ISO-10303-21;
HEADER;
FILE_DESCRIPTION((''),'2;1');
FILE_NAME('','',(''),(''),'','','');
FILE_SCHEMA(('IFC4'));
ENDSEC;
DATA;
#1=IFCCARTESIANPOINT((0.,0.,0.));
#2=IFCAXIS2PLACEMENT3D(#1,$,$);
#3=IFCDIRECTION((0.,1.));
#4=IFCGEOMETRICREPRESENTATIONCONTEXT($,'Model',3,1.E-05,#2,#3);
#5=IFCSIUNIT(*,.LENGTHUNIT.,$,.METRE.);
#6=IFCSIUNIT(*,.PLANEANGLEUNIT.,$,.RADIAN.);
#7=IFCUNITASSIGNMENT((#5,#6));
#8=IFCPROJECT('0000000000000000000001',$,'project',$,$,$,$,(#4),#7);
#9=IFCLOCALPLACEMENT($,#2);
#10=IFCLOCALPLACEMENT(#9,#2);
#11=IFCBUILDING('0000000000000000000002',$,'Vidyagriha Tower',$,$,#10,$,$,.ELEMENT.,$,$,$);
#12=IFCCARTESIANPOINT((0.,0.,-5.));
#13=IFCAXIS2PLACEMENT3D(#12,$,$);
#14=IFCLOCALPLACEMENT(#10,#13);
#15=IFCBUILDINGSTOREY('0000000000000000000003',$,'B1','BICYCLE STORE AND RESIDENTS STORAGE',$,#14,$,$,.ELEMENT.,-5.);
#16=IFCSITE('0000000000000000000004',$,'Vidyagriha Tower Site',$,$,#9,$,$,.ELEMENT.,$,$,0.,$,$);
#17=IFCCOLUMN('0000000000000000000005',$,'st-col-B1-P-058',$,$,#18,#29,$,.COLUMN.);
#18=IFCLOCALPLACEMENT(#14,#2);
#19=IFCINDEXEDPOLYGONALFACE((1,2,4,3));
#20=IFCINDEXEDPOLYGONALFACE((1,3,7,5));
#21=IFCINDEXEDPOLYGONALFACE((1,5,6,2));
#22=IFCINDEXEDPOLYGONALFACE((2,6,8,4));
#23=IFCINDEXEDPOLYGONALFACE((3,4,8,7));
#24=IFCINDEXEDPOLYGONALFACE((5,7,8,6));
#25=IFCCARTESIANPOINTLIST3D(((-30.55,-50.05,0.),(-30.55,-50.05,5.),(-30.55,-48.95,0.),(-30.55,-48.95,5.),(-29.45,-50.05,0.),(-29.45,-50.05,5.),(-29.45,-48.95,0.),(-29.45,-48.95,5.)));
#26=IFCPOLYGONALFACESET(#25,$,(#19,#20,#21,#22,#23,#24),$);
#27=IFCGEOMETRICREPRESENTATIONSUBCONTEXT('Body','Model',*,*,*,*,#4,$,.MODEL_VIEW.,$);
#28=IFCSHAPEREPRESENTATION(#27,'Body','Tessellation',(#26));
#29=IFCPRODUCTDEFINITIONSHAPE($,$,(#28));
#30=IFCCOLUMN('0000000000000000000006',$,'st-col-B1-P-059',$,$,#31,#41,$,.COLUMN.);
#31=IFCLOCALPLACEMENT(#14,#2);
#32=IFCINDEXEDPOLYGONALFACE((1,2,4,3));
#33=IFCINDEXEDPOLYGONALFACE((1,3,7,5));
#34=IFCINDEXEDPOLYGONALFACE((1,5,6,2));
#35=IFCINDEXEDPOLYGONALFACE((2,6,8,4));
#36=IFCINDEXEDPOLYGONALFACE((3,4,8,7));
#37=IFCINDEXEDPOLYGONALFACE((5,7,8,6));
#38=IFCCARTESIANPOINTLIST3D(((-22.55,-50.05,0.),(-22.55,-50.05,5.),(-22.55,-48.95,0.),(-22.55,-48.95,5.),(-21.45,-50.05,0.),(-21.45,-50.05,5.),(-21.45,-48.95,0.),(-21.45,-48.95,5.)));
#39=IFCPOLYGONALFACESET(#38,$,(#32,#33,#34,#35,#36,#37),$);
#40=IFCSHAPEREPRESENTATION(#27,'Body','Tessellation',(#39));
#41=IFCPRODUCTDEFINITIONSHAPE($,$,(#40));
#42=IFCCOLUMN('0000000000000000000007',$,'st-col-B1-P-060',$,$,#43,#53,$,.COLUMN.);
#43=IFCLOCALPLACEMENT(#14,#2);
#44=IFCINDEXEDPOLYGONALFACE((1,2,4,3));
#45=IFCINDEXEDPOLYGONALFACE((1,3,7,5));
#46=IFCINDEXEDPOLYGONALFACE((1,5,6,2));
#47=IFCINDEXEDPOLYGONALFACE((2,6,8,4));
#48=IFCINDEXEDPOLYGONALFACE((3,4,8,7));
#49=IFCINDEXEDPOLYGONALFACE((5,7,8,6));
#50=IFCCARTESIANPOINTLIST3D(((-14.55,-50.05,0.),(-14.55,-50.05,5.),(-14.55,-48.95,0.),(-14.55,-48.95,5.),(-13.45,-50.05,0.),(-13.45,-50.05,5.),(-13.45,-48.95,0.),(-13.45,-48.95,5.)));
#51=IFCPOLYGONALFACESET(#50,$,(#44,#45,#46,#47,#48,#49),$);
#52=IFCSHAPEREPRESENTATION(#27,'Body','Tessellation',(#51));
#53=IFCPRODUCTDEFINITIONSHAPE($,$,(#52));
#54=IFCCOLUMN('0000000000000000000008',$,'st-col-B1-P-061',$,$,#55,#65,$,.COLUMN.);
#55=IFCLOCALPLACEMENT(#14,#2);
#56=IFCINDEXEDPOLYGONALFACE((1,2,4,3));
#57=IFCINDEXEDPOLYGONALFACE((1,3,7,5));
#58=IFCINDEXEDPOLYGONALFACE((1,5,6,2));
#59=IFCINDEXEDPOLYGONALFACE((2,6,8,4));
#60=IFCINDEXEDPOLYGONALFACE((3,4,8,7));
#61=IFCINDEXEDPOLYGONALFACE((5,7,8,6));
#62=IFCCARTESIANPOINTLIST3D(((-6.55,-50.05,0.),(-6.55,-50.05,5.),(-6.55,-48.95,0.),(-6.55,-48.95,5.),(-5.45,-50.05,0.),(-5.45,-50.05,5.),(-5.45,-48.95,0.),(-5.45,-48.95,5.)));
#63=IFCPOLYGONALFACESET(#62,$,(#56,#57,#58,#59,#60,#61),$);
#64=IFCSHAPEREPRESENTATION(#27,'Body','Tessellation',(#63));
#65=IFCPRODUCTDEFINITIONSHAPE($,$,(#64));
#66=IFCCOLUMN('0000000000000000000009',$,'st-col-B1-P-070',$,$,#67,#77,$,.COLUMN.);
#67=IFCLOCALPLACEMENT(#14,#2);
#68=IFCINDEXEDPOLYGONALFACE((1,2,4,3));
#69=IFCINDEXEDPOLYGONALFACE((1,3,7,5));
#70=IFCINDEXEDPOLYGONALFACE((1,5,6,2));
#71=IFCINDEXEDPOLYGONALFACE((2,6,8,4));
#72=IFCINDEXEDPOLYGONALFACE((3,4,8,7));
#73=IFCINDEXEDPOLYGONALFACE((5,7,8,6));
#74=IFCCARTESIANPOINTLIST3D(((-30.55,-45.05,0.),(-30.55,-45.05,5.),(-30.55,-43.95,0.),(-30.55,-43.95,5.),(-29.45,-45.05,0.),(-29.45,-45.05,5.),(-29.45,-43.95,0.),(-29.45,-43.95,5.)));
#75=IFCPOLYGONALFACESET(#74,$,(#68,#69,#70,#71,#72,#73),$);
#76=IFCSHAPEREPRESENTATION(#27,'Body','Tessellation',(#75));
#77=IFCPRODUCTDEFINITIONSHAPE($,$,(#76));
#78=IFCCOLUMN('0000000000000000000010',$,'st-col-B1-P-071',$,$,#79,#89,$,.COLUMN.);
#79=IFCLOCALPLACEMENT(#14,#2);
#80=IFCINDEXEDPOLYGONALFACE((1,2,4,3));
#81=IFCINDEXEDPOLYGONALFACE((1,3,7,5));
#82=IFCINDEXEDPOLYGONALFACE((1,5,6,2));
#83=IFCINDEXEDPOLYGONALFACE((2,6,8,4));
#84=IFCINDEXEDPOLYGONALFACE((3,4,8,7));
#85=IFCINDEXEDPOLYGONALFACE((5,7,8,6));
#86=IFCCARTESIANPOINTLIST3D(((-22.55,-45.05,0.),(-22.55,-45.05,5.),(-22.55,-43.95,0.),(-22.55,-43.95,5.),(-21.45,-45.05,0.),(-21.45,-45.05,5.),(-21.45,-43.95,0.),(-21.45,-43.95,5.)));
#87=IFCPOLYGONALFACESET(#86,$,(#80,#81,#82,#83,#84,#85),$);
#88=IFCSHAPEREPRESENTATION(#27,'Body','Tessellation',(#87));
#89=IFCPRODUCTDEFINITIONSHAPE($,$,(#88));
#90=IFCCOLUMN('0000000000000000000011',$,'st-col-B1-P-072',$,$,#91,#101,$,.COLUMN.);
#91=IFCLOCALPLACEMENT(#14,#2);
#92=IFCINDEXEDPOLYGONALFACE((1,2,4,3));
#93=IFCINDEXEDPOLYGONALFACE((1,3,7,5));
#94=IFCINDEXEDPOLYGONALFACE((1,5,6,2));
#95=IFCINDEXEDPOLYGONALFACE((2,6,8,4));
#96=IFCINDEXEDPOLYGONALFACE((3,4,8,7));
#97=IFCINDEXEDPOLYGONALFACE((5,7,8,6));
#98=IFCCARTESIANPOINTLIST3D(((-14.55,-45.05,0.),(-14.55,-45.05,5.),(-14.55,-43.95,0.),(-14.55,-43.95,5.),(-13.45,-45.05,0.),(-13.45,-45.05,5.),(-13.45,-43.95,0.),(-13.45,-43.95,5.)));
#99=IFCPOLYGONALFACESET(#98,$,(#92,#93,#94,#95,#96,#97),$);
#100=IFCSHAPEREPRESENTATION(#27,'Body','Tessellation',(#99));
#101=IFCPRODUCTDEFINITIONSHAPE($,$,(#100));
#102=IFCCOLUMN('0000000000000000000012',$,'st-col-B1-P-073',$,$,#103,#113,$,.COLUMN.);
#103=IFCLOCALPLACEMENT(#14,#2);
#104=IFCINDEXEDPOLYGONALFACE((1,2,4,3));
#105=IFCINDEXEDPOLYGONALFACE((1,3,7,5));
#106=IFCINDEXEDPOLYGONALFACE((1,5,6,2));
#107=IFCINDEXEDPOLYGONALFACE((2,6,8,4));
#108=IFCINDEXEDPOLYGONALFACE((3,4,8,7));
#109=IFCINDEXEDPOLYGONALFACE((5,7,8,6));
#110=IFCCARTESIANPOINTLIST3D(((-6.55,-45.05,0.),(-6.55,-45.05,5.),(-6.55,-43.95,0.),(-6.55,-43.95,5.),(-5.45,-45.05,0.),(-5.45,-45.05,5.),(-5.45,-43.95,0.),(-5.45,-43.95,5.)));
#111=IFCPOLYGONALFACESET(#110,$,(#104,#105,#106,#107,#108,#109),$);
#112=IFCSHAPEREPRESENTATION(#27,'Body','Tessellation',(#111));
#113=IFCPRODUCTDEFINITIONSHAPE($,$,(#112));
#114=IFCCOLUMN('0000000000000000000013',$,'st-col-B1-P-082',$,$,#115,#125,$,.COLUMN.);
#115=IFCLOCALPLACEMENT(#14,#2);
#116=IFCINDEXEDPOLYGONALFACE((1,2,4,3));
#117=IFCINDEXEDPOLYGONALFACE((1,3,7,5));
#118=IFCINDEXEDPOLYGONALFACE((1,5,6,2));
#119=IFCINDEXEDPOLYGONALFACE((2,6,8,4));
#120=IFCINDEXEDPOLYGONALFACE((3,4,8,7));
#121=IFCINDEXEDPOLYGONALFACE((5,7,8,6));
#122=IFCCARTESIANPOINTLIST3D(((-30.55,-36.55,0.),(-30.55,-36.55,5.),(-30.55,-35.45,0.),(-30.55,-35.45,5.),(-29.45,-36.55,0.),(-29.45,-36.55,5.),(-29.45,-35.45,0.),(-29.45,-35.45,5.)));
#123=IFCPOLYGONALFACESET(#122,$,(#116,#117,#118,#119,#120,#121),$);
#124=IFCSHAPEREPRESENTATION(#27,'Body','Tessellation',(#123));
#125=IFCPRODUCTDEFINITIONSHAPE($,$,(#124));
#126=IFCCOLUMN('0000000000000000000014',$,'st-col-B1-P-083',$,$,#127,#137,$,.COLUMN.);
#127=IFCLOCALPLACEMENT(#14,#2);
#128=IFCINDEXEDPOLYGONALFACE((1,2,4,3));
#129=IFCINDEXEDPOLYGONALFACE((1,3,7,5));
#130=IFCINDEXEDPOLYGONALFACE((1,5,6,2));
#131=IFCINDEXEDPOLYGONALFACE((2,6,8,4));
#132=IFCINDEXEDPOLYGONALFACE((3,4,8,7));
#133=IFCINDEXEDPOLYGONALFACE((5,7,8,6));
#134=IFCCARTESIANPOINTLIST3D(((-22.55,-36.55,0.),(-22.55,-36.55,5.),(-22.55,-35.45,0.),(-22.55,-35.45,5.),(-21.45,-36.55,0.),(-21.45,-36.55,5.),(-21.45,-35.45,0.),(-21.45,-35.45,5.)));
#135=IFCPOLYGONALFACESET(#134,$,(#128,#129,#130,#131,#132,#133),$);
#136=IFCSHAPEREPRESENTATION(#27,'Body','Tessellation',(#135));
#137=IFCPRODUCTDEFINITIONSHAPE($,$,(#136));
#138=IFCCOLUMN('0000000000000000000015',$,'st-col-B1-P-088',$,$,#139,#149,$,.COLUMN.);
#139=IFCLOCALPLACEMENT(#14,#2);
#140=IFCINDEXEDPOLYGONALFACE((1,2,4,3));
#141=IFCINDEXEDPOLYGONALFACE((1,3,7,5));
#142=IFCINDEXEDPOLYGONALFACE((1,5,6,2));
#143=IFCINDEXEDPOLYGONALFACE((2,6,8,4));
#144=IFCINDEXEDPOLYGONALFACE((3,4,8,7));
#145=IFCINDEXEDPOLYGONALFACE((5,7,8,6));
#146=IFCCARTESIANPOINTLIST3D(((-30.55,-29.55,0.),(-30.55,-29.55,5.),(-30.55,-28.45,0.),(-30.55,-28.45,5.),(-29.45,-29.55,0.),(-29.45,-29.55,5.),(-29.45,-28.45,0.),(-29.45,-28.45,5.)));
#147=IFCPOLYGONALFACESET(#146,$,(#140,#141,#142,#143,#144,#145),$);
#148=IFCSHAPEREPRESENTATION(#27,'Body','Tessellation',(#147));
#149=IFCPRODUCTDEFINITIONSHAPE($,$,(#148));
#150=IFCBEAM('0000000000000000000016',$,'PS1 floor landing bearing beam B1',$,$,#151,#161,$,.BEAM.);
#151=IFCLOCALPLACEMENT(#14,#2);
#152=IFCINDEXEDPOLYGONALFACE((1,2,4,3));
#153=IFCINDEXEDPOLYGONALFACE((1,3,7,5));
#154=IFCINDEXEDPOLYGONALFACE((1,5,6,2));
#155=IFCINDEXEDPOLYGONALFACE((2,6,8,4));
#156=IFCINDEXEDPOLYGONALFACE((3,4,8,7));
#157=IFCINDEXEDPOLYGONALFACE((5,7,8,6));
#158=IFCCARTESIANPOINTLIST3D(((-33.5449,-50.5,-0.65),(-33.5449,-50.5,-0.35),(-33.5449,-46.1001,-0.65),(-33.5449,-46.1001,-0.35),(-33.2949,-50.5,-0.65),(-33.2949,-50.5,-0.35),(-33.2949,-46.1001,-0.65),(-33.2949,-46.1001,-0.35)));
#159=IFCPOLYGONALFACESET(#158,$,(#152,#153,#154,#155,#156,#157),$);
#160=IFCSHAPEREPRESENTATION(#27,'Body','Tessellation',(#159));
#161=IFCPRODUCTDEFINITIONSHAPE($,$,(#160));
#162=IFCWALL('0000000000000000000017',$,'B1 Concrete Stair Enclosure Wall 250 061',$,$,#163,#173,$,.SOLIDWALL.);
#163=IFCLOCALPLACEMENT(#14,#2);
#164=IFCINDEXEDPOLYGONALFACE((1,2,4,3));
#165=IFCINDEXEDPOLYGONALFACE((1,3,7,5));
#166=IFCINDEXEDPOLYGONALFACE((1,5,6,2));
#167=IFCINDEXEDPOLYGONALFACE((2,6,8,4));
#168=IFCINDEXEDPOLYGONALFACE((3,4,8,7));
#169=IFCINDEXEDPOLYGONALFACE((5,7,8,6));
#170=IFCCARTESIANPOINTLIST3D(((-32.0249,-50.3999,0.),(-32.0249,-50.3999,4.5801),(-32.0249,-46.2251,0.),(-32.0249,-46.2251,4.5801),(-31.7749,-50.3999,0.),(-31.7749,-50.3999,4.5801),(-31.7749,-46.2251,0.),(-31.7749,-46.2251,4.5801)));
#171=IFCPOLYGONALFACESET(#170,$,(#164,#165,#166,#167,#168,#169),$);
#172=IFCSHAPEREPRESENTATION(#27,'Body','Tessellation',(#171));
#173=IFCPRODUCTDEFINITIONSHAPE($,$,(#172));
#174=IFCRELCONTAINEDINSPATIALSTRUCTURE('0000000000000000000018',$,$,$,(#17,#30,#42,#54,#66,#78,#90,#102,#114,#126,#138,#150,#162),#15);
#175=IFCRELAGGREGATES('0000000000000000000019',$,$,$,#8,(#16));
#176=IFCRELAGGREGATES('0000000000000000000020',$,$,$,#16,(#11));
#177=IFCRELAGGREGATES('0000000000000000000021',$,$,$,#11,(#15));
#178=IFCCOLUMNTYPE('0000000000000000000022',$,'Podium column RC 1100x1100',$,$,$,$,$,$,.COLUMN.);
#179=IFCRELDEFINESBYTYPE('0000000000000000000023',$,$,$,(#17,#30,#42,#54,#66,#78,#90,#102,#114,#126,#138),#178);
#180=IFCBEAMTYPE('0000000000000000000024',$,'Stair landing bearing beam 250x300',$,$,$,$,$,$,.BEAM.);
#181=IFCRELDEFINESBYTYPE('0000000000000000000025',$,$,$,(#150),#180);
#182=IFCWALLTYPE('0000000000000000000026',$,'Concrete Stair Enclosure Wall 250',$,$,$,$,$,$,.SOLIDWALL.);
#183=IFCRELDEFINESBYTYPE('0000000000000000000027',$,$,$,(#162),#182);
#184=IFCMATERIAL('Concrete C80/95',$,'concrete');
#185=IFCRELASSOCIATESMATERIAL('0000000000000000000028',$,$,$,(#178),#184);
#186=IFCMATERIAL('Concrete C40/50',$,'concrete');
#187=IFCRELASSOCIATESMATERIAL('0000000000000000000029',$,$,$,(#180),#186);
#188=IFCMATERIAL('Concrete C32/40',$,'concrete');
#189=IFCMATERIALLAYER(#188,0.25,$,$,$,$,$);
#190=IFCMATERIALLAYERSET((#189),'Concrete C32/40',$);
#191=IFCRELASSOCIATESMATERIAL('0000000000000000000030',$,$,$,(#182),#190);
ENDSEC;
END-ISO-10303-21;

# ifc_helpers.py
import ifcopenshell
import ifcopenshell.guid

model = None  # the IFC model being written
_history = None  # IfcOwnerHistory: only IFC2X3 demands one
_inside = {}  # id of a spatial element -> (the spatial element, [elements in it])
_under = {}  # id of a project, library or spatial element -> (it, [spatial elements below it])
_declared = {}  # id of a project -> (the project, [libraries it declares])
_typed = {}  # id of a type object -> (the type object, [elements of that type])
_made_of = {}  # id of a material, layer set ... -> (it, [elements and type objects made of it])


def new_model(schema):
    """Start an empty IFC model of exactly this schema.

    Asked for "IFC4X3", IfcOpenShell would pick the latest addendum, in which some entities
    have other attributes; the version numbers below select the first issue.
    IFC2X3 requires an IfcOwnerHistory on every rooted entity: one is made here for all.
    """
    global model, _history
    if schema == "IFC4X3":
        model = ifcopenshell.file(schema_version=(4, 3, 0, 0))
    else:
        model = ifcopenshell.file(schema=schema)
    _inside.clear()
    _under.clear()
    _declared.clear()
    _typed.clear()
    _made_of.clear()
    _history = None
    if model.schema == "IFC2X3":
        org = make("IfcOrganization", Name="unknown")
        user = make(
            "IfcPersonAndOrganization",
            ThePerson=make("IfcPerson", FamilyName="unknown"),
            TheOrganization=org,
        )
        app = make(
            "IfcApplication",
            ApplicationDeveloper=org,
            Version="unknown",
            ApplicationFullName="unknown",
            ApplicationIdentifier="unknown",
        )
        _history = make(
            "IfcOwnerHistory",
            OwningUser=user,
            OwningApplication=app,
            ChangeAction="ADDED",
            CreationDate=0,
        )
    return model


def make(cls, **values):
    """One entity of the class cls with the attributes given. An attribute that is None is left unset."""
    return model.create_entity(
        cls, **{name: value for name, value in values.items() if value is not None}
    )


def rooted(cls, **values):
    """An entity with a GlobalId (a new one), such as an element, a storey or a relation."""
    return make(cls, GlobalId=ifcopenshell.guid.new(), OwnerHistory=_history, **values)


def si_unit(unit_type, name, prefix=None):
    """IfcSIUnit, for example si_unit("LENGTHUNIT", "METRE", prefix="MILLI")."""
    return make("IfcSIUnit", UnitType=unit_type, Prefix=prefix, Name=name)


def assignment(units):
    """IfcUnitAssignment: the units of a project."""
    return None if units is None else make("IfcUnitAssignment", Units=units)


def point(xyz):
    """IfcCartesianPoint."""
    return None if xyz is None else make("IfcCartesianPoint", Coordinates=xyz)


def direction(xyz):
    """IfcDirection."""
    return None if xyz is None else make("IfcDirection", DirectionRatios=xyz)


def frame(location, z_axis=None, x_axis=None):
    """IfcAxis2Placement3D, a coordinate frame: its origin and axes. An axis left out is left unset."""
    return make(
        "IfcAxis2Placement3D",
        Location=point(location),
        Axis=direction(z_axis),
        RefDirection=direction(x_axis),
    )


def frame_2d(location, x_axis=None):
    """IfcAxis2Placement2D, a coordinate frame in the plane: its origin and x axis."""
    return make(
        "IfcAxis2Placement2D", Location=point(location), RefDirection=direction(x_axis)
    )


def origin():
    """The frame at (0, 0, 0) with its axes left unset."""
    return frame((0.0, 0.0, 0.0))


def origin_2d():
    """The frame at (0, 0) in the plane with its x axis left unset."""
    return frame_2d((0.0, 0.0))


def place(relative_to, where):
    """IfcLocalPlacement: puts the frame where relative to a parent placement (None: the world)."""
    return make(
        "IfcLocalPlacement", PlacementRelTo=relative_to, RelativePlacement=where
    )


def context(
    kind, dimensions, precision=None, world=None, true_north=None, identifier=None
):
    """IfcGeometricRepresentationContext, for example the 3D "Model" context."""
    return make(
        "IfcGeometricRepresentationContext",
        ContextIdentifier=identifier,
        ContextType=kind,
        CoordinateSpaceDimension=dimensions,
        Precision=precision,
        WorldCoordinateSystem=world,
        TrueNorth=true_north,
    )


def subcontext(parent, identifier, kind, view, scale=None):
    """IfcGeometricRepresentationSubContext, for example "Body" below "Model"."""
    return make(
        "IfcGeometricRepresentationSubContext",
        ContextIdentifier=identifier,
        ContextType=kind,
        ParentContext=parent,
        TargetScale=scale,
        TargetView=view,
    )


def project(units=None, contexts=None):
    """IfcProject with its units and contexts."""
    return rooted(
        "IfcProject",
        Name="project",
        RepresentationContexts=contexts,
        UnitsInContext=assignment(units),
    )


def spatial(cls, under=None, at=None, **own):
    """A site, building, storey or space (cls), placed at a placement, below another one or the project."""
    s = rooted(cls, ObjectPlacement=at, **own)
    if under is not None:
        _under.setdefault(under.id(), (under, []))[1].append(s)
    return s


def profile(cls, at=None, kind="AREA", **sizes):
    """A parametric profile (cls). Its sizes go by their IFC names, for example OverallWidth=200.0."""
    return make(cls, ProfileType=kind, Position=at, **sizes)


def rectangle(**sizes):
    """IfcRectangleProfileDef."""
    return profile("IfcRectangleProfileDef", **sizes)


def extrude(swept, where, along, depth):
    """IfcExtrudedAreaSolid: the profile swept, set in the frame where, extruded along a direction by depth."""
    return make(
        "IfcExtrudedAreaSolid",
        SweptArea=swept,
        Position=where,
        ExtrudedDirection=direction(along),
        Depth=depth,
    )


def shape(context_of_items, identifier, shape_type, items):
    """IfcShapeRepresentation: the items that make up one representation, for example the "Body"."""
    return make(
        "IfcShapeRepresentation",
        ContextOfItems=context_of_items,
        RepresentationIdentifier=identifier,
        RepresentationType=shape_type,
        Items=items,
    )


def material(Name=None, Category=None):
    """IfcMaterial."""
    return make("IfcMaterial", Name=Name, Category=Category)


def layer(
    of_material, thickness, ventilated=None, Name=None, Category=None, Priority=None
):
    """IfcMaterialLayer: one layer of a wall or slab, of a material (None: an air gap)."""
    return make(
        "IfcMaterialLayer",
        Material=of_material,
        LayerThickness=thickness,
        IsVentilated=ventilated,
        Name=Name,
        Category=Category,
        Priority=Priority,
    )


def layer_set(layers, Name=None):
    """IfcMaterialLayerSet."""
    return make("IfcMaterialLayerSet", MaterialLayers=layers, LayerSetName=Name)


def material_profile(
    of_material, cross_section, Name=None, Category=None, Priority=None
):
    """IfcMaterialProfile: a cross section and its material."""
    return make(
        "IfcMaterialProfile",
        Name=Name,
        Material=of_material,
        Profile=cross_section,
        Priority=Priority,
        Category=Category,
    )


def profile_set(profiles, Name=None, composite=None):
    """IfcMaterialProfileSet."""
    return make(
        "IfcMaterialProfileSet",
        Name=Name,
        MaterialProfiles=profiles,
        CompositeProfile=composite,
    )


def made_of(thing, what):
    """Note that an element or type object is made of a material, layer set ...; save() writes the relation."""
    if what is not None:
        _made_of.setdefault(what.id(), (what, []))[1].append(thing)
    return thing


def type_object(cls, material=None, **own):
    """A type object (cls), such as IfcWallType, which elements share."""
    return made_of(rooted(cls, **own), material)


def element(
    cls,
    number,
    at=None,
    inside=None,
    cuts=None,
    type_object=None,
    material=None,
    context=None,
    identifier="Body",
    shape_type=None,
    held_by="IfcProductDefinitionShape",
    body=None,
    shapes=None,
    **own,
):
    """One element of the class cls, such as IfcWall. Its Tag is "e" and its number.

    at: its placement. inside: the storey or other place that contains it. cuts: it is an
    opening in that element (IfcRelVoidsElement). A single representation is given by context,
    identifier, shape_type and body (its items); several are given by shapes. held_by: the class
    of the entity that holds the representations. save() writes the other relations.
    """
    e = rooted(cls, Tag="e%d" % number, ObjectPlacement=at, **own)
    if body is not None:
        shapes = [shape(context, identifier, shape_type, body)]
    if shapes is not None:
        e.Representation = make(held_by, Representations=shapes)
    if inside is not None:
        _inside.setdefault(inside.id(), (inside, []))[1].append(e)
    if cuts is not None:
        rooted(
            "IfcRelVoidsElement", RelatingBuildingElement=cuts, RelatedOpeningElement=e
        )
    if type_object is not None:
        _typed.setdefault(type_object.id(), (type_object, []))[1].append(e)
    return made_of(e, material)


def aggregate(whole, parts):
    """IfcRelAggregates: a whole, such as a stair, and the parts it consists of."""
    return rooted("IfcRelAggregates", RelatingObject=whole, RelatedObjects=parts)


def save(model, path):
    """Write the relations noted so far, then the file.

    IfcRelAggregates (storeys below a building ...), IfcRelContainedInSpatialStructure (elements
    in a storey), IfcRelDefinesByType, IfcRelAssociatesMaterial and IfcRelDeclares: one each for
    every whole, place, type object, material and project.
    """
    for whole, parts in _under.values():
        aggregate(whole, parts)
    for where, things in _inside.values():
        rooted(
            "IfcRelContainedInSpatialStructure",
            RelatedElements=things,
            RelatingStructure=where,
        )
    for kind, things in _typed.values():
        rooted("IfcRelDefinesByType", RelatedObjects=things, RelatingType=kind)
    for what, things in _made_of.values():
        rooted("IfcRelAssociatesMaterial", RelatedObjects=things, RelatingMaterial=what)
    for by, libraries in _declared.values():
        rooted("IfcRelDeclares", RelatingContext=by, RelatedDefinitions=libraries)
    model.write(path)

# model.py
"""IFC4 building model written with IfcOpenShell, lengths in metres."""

from ifc_helpers import new_model, si_unit, direction, frame, frame_2d, origin, origin_2d, place, context, subcontext, project, spatial, rectangle, extrude, material, layer, layer_set, material_profile, profile_set, type_object, element, save


model = new_model("IFC4")

# Units and contexts
model_context = context("Model", 3, precision=1e-05, world=origin(), true_north=direction((0.0, 1.0)))
body_context = subcontext(model_context, "Body", "Model", "MODEL_VIEW")
ifc_project = project(units=[si_unit("LENGTHUNIT", "METRE"), si_unit("PLANEANGLEUNIT", "RADIAN")], contexts=[model_context])

# Site, building, storey
site_placement = place(None, origin())
site = spatial("IfcSite", under=ifc_project, at=site_placement, Name="Vidyagriha Tower Site", CompositionType="ELEMENT", RefElevation=0.0)
building_placement = place(site_placement, origin())
building = spatial("IfcBuilding", under=site, at=building_placement, Name="Vidyagriha Tower", CompositionType="ELEMENT")
storey_placement = place(building_placement, frame((0.0, 0.0, -5.0)))
storey = spatial("IfcBuildingStorey", under=building, at=storey_placement, Name="B1", Description="BICYCLE STORE AND RESIDENTS STORAGE", CompositionType="ELEMENT", Elevation=-5.0)

# Columns
ifc_material_1 = material(Name="Concrete C80/95", Category="concrete")
ifc_material_profile_1 = material_profile(ifc_material_1, rectangle(XDim=1.1001, YDim=1.1001, at=origin_2d()), Name="RC 1100x1100")
ifc_profile_set_1 = profile_set([ifc_material_profile_1], Name="Concrete C80/95")
column_type = type_object("IfcColumnType", Name="Podium column RC 1100x1100", PredefinedType="COLUMN", material=ifc_profile_set_1)
for number, where, name in (
    (1, (-30.0, -49.5, 0.0), "st-col-B1-P-058"),
    (2, (-22.0, -49.5, 0.0), "st-col-B1-P-059"),
    (3, (-14.0, -49.5, 0.0), "st-col-B1-P-060"),
    (4, (-6.0, -49.5, 0.0), "st-col-B1-P-061"),
    (5, (-30.0, -44.5, 0.0), "st-col-B1-P-070"),
    (6, (-22.0, -44.5, 0.0), "st-col-B1-P-071"),
    (7, (-14.0, -44.5, 0.0), "st-col-B1-P-072"),
    (8, (-6.0, -44.5, 0.0), "st-col-B1-P-073"),
    (9, (-30.0, -36.0, 0.0), "st-col-B1-P-082"),
    (10, (-22.0, -36.0, 0.0), "st-col-B1-P-083"),
    (11, (-30.0, -29.0, 0.0), "st-col-B1-P-088"),
):
    element("IfcColumn", number, at=place(storey_placement, frame(where)), inside=storey, type_object=column_type, Name=name, PredefinedType="COLUMN", context=body_context, shape_type="SweptSolid", body=[
        extrude(rectangle(XDim=1.1001, YDim=1.1001, at=origin_2d()), origin(), (0.0, 0.0, 1.0), 5.0),
    ])

# Beam
ifc_material_2 = material(Name="Concrete C40/50", Category="concrete")
ifc_material_profile_2 = material_profile(ifc_material_2, rectangle(XDim=0.25, YDim=0.3, at=origin_2d()), Name="Stair landing bearing beam 250x300")
ifc_profile_set_2 = profile_set([ifc_material_profile_2], Name="Concrete C40/50")
beam_type = type_object("IfcBeamType", Name="Stair landing bearing beam 250x300", PredefinedType="BEAM", material=ifc_profile_set_2)
beam_placement = place(storey_placement, frame((-33.4199, -50.5, -0.5), z_axis=(0.0, 1.0, 0.0), x_axis=(-1.0, 0.0, 0.0)))
element("IfcBeam", 12, at=beam_placement, inside=storey, type_object=beam_type, Name="PS1 floor landing bearing beam B1", PredefinedType="BEAM", context=body_context, shape_type="SweptSolid", body=[
    extrude(rectangle(XDim=0.25, YDim=0.3, at=origin_2d()), origin(), (0.0, 0.0, 1.0), 4.3999),
])

# Wall
ifc_material_3 = material(Name="Concrete C32/40", Category="concrete")
ifc_layer_1 = layer(ifc_material_3, 0.25)
ifc_layer_set_1 = layer_set([ifc_layer_1], Name="Concrete C32/40")
wall_type_1 = type_object("IfcWallType", Name="Concrete Stair Enclosure Wall 250", PredefinedType="SOLIDWALL", material=ifc_layer_set_1)
wall_1_placement = place(storey_placement, frame((-31.8999, -50.3999, 0.0), z_axis=(0.0, 0.0, 1.0), x_axis=(0.0, 1.0, 0.0)))
element("IfcWall", 13, at=wall_1_placement, inside=storey, type_object=wall_type_1, Name="B1 Concrete Stair Enclosure Wall 250 061", PredefinedType="SOLIDWALL", context=body_context, shape_type="SweptSolid", body=[
    extrude(rectangle(XDim=4.1748, YDim=0.25, at=frame_2d((2.0874, 0.0))), origin(), (0.0, 0.0, 1.0), 4.5801),
])

save(model, "model.ifc")
